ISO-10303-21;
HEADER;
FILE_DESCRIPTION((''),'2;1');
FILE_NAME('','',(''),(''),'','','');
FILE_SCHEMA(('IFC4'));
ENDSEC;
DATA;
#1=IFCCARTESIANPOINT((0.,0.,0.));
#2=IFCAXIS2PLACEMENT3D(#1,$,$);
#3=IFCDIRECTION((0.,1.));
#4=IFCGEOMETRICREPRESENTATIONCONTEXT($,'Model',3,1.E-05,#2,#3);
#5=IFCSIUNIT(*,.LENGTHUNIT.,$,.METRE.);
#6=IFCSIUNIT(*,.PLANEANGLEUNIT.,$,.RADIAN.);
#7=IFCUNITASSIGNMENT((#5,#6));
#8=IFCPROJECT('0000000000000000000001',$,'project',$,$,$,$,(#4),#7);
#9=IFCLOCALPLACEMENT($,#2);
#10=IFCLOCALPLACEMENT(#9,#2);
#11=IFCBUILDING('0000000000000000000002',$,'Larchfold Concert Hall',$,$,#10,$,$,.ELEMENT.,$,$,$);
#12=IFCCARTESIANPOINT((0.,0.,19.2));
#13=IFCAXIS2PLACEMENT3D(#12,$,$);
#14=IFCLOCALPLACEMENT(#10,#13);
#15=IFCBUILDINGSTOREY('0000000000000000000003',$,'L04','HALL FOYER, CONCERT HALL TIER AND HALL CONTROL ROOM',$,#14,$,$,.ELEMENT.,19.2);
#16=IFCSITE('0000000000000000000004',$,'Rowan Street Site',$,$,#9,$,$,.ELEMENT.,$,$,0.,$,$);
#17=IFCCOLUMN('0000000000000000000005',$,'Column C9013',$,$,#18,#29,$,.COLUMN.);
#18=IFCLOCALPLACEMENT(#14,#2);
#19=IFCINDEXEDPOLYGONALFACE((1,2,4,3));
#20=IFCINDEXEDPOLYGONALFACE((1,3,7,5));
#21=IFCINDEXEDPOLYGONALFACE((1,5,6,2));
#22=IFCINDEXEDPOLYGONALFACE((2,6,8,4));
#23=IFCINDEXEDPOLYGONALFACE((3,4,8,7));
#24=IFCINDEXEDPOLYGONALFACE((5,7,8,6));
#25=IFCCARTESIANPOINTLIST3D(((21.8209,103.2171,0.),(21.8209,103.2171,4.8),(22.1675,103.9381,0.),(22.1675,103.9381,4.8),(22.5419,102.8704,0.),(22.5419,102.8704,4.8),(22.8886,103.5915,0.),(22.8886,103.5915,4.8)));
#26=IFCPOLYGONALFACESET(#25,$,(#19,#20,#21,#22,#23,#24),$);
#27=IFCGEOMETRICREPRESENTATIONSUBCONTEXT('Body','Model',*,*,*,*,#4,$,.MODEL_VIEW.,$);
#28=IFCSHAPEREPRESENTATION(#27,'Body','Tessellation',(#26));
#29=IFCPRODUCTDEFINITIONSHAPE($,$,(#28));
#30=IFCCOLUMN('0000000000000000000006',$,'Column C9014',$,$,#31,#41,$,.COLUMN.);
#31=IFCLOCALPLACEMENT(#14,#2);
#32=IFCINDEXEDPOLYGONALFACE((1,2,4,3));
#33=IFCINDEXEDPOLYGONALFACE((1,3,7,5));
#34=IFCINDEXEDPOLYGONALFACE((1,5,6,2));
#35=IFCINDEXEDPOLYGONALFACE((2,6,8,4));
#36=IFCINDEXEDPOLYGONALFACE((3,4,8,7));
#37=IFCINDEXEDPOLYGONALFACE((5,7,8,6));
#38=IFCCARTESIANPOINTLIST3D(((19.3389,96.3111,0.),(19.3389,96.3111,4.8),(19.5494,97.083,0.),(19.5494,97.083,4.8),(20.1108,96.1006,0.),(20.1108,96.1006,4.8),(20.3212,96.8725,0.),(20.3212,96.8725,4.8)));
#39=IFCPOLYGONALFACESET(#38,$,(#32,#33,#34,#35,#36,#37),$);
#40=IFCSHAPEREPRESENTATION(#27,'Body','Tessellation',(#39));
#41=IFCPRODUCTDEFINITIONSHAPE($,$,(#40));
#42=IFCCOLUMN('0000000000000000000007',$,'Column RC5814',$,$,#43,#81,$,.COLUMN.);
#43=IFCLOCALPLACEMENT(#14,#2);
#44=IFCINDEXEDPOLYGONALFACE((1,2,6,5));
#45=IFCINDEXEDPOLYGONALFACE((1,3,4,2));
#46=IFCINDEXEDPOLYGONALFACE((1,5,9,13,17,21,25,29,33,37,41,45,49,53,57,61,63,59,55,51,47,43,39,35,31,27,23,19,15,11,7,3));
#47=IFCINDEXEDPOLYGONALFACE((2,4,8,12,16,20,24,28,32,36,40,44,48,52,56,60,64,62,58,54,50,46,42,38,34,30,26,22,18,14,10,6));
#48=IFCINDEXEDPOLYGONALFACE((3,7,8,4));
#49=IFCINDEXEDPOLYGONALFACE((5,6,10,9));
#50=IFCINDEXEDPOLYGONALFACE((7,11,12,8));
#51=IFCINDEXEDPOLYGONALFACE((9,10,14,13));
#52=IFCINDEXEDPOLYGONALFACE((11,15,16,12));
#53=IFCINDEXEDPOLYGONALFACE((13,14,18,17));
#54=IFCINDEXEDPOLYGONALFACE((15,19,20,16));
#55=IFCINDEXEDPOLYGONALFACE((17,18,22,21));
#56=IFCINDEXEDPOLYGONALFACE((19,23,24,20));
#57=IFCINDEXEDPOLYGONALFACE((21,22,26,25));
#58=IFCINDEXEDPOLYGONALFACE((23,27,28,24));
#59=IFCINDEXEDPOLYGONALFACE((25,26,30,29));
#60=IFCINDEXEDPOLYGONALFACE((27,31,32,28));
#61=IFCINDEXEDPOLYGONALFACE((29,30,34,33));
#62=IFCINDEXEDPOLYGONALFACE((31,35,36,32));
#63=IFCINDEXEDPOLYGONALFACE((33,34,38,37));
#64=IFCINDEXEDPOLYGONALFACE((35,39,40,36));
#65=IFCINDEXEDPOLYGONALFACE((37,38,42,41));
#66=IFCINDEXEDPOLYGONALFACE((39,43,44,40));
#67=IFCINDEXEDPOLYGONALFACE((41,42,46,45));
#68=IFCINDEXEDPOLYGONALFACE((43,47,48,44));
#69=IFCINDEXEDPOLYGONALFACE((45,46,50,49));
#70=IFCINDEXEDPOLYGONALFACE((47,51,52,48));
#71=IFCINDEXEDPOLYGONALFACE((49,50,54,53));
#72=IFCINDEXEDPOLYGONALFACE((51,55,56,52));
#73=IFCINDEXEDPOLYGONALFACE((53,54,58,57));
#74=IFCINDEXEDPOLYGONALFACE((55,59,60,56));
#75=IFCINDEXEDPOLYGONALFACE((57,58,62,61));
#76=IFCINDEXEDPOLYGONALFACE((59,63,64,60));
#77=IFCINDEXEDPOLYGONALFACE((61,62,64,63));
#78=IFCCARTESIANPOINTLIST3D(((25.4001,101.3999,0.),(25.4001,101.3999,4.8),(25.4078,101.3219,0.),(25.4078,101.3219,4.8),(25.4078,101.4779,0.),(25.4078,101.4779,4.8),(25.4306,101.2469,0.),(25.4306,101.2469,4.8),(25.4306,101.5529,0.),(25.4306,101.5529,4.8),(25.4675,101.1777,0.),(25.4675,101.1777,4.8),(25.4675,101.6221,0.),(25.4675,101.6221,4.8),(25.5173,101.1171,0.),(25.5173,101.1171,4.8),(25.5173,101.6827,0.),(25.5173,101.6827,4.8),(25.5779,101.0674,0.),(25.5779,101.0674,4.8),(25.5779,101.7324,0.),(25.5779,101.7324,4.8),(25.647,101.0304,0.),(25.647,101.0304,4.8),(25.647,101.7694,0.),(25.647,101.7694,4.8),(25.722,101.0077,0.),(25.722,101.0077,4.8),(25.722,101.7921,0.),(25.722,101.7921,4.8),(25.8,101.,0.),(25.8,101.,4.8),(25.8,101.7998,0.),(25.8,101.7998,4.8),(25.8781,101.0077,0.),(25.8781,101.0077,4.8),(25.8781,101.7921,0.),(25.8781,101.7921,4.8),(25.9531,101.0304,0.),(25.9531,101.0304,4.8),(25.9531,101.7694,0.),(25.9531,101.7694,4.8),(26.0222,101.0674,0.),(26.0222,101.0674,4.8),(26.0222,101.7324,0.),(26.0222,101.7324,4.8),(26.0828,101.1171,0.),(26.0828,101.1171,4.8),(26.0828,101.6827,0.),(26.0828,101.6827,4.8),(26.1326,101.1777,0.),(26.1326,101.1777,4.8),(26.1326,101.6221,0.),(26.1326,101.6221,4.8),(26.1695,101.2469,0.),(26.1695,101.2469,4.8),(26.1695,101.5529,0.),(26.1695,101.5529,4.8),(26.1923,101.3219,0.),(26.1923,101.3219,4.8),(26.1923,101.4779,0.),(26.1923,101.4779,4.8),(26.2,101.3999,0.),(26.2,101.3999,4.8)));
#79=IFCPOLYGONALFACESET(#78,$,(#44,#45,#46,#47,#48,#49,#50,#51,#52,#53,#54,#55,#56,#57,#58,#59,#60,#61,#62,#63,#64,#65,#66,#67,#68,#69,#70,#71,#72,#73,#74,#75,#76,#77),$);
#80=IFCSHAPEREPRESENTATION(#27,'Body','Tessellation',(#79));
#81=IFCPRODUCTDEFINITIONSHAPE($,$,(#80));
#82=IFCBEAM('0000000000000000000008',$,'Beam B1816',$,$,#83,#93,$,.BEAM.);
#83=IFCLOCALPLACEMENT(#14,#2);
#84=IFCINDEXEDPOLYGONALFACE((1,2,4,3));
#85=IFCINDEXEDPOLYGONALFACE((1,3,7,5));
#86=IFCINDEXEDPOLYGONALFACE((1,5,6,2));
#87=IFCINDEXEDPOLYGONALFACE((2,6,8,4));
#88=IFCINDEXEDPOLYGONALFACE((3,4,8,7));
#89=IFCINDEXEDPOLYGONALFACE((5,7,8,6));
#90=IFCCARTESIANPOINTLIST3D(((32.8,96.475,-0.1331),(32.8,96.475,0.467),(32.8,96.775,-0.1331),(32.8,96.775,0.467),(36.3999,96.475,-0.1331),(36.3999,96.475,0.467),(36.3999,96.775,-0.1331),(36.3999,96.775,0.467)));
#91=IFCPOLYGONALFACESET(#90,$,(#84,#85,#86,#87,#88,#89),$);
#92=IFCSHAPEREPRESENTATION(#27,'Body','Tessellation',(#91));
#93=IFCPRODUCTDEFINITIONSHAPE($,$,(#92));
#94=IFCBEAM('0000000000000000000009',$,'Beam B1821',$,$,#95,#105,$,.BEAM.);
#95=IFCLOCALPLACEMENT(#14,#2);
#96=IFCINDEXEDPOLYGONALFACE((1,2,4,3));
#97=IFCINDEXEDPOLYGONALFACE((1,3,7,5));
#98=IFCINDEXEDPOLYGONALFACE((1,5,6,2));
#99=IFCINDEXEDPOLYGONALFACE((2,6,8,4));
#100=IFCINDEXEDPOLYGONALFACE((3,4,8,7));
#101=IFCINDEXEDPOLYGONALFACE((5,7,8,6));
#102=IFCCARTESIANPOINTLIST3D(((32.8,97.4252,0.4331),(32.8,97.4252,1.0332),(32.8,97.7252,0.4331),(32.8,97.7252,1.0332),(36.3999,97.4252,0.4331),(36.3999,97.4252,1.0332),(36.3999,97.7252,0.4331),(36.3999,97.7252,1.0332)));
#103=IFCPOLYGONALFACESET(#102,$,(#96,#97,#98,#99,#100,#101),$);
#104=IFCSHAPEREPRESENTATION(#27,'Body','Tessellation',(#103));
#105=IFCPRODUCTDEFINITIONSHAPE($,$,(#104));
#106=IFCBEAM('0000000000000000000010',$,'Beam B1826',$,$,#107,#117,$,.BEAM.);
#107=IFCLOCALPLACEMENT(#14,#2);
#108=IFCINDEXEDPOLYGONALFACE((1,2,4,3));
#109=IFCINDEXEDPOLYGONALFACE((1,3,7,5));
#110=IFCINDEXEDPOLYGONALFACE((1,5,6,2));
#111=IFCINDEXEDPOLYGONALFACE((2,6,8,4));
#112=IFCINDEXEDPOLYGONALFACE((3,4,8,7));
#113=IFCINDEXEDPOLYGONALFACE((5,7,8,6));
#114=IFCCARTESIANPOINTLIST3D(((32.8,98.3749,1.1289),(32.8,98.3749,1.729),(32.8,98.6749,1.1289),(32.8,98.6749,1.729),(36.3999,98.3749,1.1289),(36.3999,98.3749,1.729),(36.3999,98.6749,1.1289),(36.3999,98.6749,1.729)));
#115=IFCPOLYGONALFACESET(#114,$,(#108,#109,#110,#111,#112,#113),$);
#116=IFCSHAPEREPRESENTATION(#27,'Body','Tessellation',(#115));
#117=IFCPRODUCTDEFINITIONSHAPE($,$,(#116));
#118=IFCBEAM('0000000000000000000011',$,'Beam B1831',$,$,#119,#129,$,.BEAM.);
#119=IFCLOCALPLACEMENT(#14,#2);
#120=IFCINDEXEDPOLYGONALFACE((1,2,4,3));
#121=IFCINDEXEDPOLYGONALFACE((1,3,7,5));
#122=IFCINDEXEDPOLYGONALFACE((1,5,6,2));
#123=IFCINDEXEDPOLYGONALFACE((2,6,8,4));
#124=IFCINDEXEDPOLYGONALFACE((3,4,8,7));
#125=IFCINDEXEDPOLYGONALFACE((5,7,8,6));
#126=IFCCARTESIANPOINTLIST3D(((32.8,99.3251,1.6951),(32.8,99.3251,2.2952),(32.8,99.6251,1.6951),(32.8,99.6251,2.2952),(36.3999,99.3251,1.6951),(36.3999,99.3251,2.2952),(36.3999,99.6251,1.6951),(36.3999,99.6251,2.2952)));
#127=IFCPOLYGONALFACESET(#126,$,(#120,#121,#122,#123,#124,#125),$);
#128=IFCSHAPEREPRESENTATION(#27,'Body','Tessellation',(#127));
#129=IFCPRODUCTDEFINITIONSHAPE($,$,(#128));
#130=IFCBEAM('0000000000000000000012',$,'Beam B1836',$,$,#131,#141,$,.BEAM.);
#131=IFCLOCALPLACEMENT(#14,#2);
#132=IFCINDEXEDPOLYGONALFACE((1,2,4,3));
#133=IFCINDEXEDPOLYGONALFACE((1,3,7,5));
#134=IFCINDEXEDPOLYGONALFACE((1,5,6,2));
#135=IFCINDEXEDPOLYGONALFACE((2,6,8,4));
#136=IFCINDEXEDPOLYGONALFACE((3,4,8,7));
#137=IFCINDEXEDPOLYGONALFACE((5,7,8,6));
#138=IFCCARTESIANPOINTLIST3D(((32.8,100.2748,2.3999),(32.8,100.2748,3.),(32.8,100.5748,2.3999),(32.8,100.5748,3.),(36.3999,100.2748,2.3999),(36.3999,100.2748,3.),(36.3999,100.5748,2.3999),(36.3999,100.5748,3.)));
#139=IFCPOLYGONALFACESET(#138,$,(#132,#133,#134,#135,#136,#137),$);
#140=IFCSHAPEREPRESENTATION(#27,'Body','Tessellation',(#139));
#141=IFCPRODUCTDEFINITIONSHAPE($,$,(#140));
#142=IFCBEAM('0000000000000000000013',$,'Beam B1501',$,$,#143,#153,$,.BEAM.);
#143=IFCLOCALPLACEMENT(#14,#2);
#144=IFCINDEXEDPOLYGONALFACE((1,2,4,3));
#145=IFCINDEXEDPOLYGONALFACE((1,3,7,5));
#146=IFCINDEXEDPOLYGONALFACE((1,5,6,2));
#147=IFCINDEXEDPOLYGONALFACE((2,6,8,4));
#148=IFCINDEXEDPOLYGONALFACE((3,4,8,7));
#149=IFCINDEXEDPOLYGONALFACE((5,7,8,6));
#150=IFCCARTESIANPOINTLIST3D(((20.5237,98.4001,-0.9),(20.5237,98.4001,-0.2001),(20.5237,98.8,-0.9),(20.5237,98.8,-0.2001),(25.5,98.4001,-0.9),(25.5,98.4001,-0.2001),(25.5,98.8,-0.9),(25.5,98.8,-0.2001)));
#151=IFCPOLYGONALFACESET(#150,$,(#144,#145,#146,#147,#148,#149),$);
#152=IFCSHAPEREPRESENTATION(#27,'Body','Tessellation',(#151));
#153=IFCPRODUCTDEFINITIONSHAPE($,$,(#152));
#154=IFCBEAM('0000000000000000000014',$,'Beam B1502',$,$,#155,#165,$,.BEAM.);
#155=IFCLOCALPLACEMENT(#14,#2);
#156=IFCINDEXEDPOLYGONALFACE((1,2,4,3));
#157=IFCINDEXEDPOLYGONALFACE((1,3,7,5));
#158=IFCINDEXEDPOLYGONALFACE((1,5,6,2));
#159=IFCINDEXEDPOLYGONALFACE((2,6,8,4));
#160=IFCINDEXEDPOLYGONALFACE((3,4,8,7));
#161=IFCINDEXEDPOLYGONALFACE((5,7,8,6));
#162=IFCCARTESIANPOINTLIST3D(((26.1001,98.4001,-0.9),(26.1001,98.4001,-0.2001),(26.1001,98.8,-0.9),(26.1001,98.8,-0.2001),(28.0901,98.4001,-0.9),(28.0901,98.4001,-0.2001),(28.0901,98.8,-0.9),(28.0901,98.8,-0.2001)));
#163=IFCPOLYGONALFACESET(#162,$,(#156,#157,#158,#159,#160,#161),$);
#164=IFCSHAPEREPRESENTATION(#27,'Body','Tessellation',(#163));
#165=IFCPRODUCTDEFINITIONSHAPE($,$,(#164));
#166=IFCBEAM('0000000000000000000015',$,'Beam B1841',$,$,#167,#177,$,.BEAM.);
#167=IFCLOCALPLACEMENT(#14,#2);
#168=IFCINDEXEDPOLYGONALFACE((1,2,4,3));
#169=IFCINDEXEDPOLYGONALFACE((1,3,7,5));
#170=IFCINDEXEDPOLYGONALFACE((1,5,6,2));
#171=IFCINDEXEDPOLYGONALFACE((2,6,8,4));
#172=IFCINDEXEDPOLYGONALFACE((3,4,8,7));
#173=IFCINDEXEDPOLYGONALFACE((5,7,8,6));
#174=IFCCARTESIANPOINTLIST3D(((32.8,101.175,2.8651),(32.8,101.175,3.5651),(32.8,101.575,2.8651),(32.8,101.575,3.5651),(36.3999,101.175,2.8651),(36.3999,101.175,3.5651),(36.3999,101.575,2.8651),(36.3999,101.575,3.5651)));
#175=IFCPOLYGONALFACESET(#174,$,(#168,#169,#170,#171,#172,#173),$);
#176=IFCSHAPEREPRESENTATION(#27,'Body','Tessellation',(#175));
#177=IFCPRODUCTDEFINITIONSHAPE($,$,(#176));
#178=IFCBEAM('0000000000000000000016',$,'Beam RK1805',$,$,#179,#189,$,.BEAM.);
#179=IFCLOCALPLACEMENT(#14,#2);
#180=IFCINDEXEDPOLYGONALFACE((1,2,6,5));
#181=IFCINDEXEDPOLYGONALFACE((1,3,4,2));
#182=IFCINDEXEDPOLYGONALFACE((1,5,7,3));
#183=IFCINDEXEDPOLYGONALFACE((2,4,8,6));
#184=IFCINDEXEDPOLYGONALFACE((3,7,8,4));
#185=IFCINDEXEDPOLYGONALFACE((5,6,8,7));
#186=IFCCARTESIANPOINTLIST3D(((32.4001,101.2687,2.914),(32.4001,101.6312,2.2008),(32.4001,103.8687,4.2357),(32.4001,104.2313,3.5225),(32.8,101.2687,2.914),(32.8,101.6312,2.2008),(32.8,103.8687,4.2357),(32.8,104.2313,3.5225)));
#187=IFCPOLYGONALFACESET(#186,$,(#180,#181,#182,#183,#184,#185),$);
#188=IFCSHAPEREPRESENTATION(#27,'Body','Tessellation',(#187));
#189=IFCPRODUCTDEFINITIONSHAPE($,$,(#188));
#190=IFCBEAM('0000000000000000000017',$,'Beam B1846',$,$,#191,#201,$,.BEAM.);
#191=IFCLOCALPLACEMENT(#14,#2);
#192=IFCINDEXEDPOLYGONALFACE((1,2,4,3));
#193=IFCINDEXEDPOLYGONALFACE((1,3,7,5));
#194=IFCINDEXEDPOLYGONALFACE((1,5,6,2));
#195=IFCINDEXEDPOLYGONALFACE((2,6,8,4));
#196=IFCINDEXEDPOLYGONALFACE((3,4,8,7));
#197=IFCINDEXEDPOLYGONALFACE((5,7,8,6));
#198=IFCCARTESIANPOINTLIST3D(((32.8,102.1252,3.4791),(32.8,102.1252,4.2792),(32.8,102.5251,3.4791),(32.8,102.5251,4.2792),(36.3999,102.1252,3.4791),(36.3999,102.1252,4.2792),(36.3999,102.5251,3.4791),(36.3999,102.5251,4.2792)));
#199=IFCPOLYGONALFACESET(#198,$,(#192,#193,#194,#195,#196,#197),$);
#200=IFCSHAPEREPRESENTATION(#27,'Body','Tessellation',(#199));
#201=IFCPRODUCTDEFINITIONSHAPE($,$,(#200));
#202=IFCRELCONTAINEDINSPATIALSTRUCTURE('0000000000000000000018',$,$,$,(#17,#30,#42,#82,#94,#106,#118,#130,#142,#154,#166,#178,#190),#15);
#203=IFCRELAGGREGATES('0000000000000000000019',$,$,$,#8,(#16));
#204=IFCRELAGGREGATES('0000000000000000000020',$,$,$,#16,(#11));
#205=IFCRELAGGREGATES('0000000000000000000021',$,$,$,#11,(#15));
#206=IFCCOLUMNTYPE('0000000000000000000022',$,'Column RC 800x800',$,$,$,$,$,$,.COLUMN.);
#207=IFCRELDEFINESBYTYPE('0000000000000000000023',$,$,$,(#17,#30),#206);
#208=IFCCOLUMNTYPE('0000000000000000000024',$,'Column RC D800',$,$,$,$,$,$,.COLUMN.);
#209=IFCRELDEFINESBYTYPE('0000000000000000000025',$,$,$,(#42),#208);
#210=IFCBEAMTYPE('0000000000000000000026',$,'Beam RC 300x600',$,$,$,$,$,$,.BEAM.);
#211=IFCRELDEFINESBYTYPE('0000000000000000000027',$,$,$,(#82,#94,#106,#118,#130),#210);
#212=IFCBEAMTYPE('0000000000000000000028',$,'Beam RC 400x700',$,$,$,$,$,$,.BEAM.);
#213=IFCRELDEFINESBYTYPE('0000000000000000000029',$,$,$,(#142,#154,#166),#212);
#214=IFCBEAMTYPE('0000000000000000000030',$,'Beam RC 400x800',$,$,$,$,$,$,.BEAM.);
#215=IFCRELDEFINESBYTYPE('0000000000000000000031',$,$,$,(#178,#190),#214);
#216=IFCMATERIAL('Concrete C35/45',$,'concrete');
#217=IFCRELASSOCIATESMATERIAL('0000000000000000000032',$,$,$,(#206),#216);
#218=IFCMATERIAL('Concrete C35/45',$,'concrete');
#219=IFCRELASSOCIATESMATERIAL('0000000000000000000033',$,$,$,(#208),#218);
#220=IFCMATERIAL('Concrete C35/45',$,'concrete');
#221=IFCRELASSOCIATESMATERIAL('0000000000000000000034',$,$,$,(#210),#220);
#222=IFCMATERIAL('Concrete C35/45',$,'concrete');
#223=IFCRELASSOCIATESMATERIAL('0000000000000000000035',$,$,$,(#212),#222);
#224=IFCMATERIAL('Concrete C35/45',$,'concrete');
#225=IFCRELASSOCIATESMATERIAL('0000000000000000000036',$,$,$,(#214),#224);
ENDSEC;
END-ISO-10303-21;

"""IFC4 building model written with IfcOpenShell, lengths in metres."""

from ifc_helpers import new_model, si_unit, direction, frame, origin, origin_2d, place, context, subcontext, project, spatial, rectangle, circle, extrude, material, material_profile, profile_set, type_object, element, save


model = new_model("IFC4")

# Units and contexts
model_context = context("Model", 3, precision=1e-05, world=origin(), true_north=direction((0.0, 1.0)))
body_context = subcontext(model_context, "Body", "Model", "MODEL_VIEW")
ifc_project = project(units=[si_unit("LENGTHUNIT", "METRE"), si_unit("PLANEANGLEUNIT", "RADIAN")], contexts=[model_context])

# Site, building, storey
site_placement = place(None, origin())
site = spatial("IfcSite", under=ifc_project, at=site_placement, Name="Rowan Street Site", CompositionType="ELEMENT", RefElevation=0.0)
building_placement = place(site_placement, origin())
building = spatial("IfcBuilding", under=site, at=building_placement, Name="Larchfold Concert Hall", CompositionType="ELEMENT")
storey_placement = place(building_placement, frame((0.0, 0.0, 19.2)))
storey = spatial("IfcBuildingStorey", under=building, at=storey_placement, Name="L04", Description="HALL FOYER, CONCERT HALL TIER AND HALL CONTROL ROOM", CompositionType="ELEMENT", Elevation=19.2)

# Columns
ifc_material_1 = material(Name="Concrete C35/45", Category="concrete")
ifc_material_profile_1 = material_profile(ifc_material_1, rectangle(XDim=0.8, YDim=0.8, at=origin_2d()))
ifc_profile_set_1 = profile_set([ifc_material_profile_1], Name="Concrete C35/45")
column_type_1 = type_object("IfcColumnType", Name="Column RC 800x800", PredefinedType="COLUMN", material=ifc_profile_set_1)
for number, where, z_axis, x_axis, name in (
    (1, (22.3547, 103.4043, 0.0), (0.0, 0.0, 1.0), (0.433276, 0.901261, 0.0), "Column C9013"),
    (2, (19.8301, 96.5918, 0.0), (0.0, 0.0, 1.0), (0.263031, 0.964788, 0.0), "Column C9014"),
):
    element("IfcColumn", number, at=place(storey_placement, frame(where, z_axis=z_axis, x_axis=x_axis)), inside=storey, type_object=column_type_1, Name=name, PredefinedType="COLUMN", context=body_context, shape_type="SweptSolid", body=[
        extrude(rectangle(XDim=0.8, YDim=0.8, at=origin_2d()), origin(), (0.0, 0.0, 1.0), 4.8),
    ])
ifc_material_2 = material(Name="Concrete C35/45", Category="concrete")
ifc_material_profile_2 = material_profile(ifc_material_2, circle(Radius=0.3999, at=origin_2d()))
ifc_profile_set_2 = profile_set([ifc_material_profile_2], Name="Concrete C35/45")
column_type_2 = type_object("IfcColumnType", Name="Column RC D800", PredefinedType="COLUMN", material=ifc_profile_set_2)
column_placement = place(storey_placement, frame((25.8, 101.3999, 0.0), z_axis=(0.0, 0.0, 1.0), x_axis=(1.0, 0.0, 0.0)))
element("IfcColumn", 3, at=column_placement, inside=storey, type_object=column_type_2, Name="Column RC5814", PredefinedType="COLUMN", context=body_context, shape_type="SweptSolid", body=[
    extrude(circle(Radius=0.3999, at=origin_2d()), origin(), (0.0, 0.0, 1.0), 4.8),
])

# Beams
ifc_material_3 = material(Name="Concrete C35/45", Category="concrete")
ifc_material_profile_3 = material_profile(ifc_material_3, rectangle(XDim=0.3, YDim=0.6001, at=origin_2d()))
ifc_profile_set_3 = profile_set([ifc_material_profile_3], Name="Concrete C35/45")
beam_type_1 = type_object("IfcBeamType", Name="Beam RC 300x600", PredefinedType="BEAM", material=ifc_profile_set_3)
for number, where, z_axis, x_axis, name in (
    (4, (32.8, 96.625, 0.167), (1.0, 0.0, 0.0), (0.0, 1.0, 0.0), "Beam B1816"),
    (5, (32.8, 97.5752, 0.7332), (1.0, 0.0, 0.0), (0.0, 1.0, 0.0), "Beam B1821"),
    (6, (32.8, 98.5249, 1.429), (1.0, 0.0, 0.0), (0.0, 1.0, 0.0), "Beam B1826"),
    (7, (32.8, 99.4751, 1.9951), (1.0, 0.0, 0.0), (0.0, 1.0, 0.0), "Beam B1831"),
    (8, (32.8, 100.4248, 2.7), (1.0, 0.0, 0.0), (0.0, 1.0, 0.0), "Beam B1836"),
):
    element("IfcBeam", number, at=place(storey_placement, frame(where, z_axis=z_axis, x_axis=x_axis)), inside=storey, type_object=beam_type_1, Name=name, PredefinedType="BEAM", context=body_context, shape_type="SweptSolid", body=[
        extrude(rectangle(XDim=0.3, YDim=0.6001, at=origin_2d()), origin(), (0.0, 0.0, 1.0), 3.5999),
    ])
ifc_material_4 = material(Name="Concrete C35/45", Category="concrete")
ifc_material_profile_4 = material_profile(ifc_material_4, rectangle(XDim=0.3999, YDim=0.7, at=origin_2d()))
ifc_profile_set_4 = profile_set([ifc_material_profile_4], Name="Concrete C35/45")
beam_type_2 = type_object("IfcBeamType", Name="Beam RC 400x700", PredefinedType="BEAM", material=ifc_profile_set_4)
beam_1_placement = place(storey_placement, frame((20.5237, 98.6001, -0.55), z_axis=(1.0, 0.0, 0.0), x_axis=(0.0, 1.0, 0.0)))
element("IfcBeam", 9, at=beam_1_placement, inside=storey, type_object=beam_type_2, Name="Beam B1501", PredefinedType="BEAM", context=body_context, shape_type="SweptSolid", body=[
    extrude(rectangle(XDim=0.3999, YDim=0.7, at=origin_2d()), origin(), (0.0, 0.0, 1.0), 4.9763),
])
beam_2_placement = place(storey_placement, frame((26.1001, 98.6001, -0.55), z_axis=(1.0, 0.0, 0.0), x_axis=(0.0, 1.0, 0.0)))
element("IfcBeam", 10, at=beam_2_placement, inside=storey, type_object=beam_type_2, Name="Beam B1502", PredefinedType="BEAM", context=body_context, shape_type="SweptSolid", body=[
    extrude(rectangle(XDim=0.3999, YDim=0.7, at=origin_2d()), origin(), (0.0, 0.0, 1.0), 1.99),
])
beam_3_placement = place(storey_placement, frame((32.8, 101.375, 3.2151), z_axis=(1.0, 0.0, 0.0), x_axis=(0.0, 1.0, 0.0)))
element("IfcBeam", 11, at=beam_3_placement, inside=storey, type_object=beam_type_2, Name="Beam B1841", PredefinedType="BEAM", context=body_context, shape_type="SweptSolid", body=[
    extrude(rectangle(XDim=0.3999, YDim=0.7, at=origin_2d()), origin(), (0.0, 0.0, 1.0), 3.5999),
])
ifc_material_5 = material(Name="Concrete C35/45", Category="concrete")
ifc_material_profile_5 = material_profile(ifc_material_5, rectangle(XDim=0.3999, YDim=0.8, at=origin_2d()))
ifc_profile_set_5 = profile_set([ifc_material_profile_5], Name="Concrete C35/45")
beam_type_3 = type_object("IfcBeamType", Name="Beam RC 400x800", PredefinedType="BEAM", material=ifc_profile_set_5)
beam_4_placement = place(storey_placement, frame((32.6001, 101.45, 2.5574), z_axis=(0.0, 0.891428, 0.453163), x_axis=(-1.0, 0.0, 0.0)))
element("IfcBeam", 12, at=beam_4_placement, inside=storey, type_object=beam_type_3, Name="Beam RK1805", PredefinedType="BEAM", context=body_context, shape_type="SweptSolid", body=[
    extrude(rectangle(XDim=0.3999, YDim=0.8, at=origin_2d()), origin(), (0.0, 0.0, 1.0), 2.9167),
])
beam_5_placement = place(storey_placement, frame((32.8, 102.3252, 3.8792), z_axis=(1.0, 0.0, 0.0), x_axis=(0.0, 1.0, 0.0)))
element("IfcBeam", 13, at=beam_5_placement, inside=storey, type_object=beam_type_3, Name="Beam B1846", PredefinedType="BEAM", context=body_context, shape_type="SweptSolid", body=[
    extrude(rectangle(XDim=0.3999, YDim=0.8, at=origin_2d()), origin(), (0.0, 0.0, 1.0), 3.5999),
])

save(model, "model.ifc")
